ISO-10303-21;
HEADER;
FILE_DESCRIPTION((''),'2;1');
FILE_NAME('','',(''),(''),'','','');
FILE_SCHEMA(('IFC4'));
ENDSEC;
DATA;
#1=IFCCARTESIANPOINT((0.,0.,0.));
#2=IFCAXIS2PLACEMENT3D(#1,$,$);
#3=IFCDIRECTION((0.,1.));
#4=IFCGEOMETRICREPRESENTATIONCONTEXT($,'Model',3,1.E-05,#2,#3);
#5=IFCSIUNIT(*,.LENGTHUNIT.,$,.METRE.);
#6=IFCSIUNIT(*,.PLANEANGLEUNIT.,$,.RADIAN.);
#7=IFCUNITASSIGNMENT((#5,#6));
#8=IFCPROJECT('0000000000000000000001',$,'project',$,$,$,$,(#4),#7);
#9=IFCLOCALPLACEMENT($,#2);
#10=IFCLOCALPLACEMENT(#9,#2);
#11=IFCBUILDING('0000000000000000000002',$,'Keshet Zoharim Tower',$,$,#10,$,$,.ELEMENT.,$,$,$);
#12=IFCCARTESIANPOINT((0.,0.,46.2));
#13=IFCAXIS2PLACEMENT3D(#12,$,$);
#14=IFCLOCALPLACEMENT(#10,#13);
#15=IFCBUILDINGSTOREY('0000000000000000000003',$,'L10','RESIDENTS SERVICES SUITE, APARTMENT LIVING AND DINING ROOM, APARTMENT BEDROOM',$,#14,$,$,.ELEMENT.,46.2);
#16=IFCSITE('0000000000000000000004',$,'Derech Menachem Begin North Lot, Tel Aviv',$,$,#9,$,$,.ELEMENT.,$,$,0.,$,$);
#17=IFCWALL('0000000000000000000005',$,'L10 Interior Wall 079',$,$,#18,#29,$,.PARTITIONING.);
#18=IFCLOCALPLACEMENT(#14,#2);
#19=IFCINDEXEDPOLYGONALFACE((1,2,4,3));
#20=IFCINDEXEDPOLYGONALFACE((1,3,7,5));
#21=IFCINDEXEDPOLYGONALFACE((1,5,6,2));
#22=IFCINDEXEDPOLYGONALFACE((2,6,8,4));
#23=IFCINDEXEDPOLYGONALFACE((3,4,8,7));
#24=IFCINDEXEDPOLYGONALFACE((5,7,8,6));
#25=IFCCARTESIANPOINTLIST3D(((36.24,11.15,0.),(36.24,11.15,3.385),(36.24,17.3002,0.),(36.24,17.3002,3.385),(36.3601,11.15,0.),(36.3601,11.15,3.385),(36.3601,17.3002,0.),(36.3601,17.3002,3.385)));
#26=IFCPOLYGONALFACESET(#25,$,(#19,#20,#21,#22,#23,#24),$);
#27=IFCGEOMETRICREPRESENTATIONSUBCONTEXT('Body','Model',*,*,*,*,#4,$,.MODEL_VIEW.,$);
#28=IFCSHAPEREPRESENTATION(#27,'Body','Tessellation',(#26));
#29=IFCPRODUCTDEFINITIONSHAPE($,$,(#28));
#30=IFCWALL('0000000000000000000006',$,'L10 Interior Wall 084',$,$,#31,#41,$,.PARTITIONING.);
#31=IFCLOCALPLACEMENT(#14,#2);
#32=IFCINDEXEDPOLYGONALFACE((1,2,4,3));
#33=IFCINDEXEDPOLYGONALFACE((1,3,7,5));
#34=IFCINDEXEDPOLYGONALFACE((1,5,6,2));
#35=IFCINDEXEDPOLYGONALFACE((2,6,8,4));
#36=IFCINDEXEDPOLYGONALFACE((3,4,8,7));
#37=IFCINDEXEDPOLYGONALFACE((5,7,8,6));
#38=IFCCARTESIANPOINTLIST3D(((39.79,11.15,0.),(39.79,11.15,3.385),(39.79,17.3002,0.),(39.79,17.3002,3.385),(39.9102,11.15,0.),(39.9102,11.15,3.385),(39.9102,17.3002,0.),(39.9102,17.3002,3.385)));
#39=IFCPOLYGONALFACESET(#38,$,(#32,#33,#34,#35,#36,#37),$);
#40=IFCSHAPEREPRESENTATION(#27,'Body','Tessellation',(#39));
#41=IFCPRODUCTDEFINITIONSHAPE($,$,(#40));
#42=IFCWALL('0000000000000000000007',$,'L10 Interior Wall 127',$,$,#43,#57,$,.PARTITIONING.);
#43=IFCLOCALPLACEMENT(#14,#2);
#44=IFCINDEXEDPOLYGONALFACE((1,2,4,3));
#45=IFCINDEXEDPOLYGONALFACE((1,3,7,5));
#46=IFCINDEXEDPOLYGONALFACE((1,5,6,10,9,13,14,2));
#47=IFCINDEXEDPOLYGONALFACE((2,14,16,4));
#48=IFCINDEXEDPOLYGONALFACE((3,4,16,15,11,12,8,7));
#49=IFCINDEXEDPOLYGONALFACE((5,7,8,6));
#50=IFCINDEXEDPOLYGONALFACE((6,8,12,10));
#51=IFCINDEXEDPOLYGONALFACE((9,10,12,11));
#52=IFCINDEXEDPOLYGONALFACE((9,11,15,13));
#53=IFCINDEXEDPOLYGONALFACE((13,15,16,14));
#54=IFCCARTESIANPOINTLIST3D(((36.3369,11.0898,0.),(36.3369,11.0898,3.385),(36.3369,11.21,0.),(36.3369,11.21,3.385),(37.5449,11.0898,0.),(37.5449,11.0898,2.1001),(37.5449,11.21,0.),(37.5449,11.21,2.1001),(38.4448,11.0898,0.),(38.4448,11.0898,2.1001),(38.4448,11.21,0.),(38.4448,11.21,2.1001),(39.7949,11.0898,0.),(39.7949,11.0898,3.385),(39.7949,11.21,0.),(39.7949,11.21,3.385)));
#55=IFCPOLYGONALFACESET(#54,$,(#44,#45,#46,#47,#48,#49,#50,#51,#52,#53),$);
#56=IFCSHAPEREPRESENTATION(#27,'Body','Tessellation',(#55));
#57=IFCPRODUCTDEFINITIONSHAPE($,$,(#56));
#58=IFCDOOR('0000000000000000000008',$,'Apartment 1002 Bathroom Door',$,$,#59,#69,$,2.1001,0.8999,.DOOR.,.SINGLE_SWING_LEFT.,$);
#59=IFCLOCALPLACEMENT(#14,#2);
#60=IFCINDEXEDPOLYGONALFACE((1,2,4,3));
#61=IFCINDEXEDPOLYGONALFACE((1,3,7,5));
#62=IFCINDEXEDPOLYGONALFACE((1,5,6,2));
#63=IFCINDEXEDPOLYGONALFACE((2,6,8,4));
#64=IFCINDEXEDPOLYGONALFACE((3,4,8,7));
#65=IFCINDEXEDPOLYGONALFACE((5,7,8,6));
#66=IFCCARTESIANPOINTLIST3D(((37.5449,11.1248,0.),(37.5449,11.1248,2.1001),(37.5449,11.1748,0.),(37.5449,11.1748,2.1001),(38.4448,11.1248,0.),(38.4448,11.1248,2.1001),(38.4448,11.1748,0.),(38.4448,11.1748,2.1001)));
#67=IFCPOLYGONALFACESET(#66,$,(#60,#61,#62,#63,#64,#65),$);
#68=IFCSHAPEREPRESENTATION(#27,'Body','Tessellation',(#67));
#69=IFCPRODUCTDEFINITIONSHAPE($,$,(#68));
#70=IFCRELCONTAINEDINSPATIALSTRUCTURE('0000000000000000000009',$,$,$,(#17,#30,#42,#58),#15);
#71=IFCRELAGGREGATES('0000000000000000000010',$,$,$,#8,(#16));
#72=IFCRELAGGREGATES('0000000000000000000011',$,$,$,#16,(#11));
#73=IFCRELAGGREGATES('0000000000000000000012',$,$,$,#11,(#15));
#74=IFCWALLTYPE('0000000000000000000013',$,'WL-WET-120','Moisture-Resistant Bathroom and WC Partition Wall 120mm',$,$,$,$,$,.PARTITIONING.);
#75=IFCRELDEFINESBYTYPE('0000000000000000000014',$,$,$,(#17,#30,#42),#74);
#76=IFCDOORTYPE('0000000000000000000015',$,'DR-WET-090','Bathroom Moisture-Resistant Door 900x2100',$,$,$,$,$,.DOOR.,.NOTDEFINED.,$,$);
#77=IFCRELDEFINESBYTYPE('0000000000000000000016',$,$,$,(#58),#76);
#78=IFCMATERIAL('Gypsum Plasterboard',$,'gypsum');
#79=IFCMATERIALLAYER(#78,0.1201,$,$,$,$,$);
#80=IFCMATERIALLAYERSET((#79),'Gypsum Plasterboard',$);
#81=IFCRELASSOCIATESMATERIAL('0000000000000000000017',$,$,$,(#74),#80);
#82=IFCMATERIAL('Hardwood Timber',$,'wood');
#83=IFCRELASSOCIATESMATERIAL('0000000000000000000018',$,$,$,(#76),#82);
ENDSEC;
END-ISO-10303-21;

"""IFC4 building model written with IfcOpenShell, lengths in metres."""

from ifc_helpers import new_model, si_unit, direction, frame, frame_2d, origin, place, context, subcontext, project, spatial, rectangle, extrude, material, layer, layer_set, type_object, element, fill, save


model = new_model("IFC4")

# Units and contexts
model_context = context("Model", 3, precision=1e-05, world=origin(), true_north=direction((0.0, 1.0)))
body_context = subcontext(model_context, "Body", "Model", "MODEL_VIEW")
ifc_project = project(units=[si_unit("LENGTHUNIT", "METRE"), si_unit("PLANEANGLEUNIT", "RADIAN")], contexts=[model_context])

# Site, building, storey
site_placement = place(None, origin())
site = spatial("IfcSite", under=ifc_project, at=site_placement, Name="Derech Menachem Begin North Lot, Tel Aviv", CompositionType="ELEMENT", RefElevation=0.0)
building_placement = place(site_placement, origin())
building = spatial("IfcBuilding", under=site, at=building_placement, Name="Keshet Zoharim Tower", CompositionType="ELEMENT")
storey_placement = place(building_placement, frame((0.0, 0.0, 46.2)))
storey = spatial("IfcBuildingStorey", under=building, at=storey_placement, Name="L10", Description="RESIDENTS SERVICES SUITE, APARTMENT LIVING AND DINING ROOM, APARTMENT BEDROOM", CompositionType="ELEMENT", Elevation=46.2)

# Shared definitions
ifc_material_1 = material(Name="Gypsum Plasterboard", Category="gypsum")

# Shared definitions
ifc_material_2 = material(Name="Hardwood Timber", Category="wood")

# Walls
ifc_layer_1 = layer(ifc_material_1, 0.1201)
ifc_layer_set_1 = layer_set([ifc_layer_1], Name="Gypsum Plasterboard")
wall_type_1 = type_object("IfcWallType", Name="WL-WET-120", Description="Moisture-Resistant Bathroom and WC Partition Wall 120mm", PredefinedType="PARTITIONING", material=ifc_layer_set_1)
for number, where, z_axis, x_axis, name in (
    (1, (36.3, 11.1499, 0.0), (0.0, 0.0, 1.0), (0.0, 1.0, 0.0), "L10 Interior Wall 079"),
    (2, (39.8501, 11.1499, 0.0), (0.0, 0.0, 1.0), (0.0, 1.0, 0.0), "L10 Interior Wall 084"),
):
    element("IfcWall", number, at=place(storey_placement, frame(where, z_axis=z_axis, x_axis=x_axis)), inside=storey, type_object=wall_type_1, Name=name, PredefinedType="PARTITIONING", context=body_context, shape_type="SweptSolid", body=[
        extrude(rectangle(XDim=6.1501, YDim=0.1201, at=frame_2d((3.0752, 0.0))), origin(), (0.0, 0.0, 1.0), 3.385),
    ])

# Wall, opening, door
wall_1_placement = place(storey_placement, frame((36.3369, 11.1499, 0.0), z_axis=(0.0, 0.0, 1.0), x_axis=(1.0, 0.0, 0.0)))
wall_1 = element("IfcWall", 3, at=wall_1_placement, inside=storey, type_object=wall_type_1, Name="L10 Interior Wall 127", PredefinedType="PARTITIONING", context=body_context, shape_type="SweptSolid", body=[
    extrude(rectangle(XDim=3.458, YDim=0.1201, at=frame_2d((1.729, 0.0))), origin(), (0.0, 0.0, 1.0), 3.385),
])
opening_1_placement = place(wall_1_placement, frame((1.208, 0.0, 0.0)))
opening_1 = element("IfcOpeningElement", 4, at=opening_1_placement, cuts=wall_1, PredefinedType="OPENING", context=body_context, shape_type="SweptSolid", body=[
    extrude(rectangle(XDim=0.8999, YDim=2.1001, at=frame_2d((0.45, 1.05))), frame((0.0, 0.0701, 0.0), z_axis=(0.0, -1.0, 0.0), x_axis=(1.0, 0.0, 0.0)), (0.0, 0.0, 1.0), 0.1401),
])
door_type_1 = type_object("IfcDoorType", Name="DR-WET-090", Description="Bathroom Moisture-Resistant Door 900x2100", OperationType="NOTDEFINED", PredefinedType="DOOR", material=ifc_material_2)
door_1_placement = place(opening_1_placement, origin())
door_1 = element("IfcDoor", 5, at=door_1_placement, inside=storey, type_object=door_type_1, Name="Apartment 1002 Bathroom Door", OperationType="SINGLE_SWING_LEFT", OverallHeight=2.1001, OverallWidth=0.8999, PredefinedType="DOOR", context=body_context, shape_type="SweptSolid", body=[
    extrude(rectangle(XDim=0.8999, YDim=2.1001, at=frame_2d((0.45, 1.05))), frame((0.0, 0.0249, 0.0), z_axis=(0.0, -1.0, 0.0), x_axis=(1.0, 0.0, 0.0)), (0.0, 0.0, 1.0), 0.05),
])
fill(opening_1, door_1)

save(model, "model.ifc")
